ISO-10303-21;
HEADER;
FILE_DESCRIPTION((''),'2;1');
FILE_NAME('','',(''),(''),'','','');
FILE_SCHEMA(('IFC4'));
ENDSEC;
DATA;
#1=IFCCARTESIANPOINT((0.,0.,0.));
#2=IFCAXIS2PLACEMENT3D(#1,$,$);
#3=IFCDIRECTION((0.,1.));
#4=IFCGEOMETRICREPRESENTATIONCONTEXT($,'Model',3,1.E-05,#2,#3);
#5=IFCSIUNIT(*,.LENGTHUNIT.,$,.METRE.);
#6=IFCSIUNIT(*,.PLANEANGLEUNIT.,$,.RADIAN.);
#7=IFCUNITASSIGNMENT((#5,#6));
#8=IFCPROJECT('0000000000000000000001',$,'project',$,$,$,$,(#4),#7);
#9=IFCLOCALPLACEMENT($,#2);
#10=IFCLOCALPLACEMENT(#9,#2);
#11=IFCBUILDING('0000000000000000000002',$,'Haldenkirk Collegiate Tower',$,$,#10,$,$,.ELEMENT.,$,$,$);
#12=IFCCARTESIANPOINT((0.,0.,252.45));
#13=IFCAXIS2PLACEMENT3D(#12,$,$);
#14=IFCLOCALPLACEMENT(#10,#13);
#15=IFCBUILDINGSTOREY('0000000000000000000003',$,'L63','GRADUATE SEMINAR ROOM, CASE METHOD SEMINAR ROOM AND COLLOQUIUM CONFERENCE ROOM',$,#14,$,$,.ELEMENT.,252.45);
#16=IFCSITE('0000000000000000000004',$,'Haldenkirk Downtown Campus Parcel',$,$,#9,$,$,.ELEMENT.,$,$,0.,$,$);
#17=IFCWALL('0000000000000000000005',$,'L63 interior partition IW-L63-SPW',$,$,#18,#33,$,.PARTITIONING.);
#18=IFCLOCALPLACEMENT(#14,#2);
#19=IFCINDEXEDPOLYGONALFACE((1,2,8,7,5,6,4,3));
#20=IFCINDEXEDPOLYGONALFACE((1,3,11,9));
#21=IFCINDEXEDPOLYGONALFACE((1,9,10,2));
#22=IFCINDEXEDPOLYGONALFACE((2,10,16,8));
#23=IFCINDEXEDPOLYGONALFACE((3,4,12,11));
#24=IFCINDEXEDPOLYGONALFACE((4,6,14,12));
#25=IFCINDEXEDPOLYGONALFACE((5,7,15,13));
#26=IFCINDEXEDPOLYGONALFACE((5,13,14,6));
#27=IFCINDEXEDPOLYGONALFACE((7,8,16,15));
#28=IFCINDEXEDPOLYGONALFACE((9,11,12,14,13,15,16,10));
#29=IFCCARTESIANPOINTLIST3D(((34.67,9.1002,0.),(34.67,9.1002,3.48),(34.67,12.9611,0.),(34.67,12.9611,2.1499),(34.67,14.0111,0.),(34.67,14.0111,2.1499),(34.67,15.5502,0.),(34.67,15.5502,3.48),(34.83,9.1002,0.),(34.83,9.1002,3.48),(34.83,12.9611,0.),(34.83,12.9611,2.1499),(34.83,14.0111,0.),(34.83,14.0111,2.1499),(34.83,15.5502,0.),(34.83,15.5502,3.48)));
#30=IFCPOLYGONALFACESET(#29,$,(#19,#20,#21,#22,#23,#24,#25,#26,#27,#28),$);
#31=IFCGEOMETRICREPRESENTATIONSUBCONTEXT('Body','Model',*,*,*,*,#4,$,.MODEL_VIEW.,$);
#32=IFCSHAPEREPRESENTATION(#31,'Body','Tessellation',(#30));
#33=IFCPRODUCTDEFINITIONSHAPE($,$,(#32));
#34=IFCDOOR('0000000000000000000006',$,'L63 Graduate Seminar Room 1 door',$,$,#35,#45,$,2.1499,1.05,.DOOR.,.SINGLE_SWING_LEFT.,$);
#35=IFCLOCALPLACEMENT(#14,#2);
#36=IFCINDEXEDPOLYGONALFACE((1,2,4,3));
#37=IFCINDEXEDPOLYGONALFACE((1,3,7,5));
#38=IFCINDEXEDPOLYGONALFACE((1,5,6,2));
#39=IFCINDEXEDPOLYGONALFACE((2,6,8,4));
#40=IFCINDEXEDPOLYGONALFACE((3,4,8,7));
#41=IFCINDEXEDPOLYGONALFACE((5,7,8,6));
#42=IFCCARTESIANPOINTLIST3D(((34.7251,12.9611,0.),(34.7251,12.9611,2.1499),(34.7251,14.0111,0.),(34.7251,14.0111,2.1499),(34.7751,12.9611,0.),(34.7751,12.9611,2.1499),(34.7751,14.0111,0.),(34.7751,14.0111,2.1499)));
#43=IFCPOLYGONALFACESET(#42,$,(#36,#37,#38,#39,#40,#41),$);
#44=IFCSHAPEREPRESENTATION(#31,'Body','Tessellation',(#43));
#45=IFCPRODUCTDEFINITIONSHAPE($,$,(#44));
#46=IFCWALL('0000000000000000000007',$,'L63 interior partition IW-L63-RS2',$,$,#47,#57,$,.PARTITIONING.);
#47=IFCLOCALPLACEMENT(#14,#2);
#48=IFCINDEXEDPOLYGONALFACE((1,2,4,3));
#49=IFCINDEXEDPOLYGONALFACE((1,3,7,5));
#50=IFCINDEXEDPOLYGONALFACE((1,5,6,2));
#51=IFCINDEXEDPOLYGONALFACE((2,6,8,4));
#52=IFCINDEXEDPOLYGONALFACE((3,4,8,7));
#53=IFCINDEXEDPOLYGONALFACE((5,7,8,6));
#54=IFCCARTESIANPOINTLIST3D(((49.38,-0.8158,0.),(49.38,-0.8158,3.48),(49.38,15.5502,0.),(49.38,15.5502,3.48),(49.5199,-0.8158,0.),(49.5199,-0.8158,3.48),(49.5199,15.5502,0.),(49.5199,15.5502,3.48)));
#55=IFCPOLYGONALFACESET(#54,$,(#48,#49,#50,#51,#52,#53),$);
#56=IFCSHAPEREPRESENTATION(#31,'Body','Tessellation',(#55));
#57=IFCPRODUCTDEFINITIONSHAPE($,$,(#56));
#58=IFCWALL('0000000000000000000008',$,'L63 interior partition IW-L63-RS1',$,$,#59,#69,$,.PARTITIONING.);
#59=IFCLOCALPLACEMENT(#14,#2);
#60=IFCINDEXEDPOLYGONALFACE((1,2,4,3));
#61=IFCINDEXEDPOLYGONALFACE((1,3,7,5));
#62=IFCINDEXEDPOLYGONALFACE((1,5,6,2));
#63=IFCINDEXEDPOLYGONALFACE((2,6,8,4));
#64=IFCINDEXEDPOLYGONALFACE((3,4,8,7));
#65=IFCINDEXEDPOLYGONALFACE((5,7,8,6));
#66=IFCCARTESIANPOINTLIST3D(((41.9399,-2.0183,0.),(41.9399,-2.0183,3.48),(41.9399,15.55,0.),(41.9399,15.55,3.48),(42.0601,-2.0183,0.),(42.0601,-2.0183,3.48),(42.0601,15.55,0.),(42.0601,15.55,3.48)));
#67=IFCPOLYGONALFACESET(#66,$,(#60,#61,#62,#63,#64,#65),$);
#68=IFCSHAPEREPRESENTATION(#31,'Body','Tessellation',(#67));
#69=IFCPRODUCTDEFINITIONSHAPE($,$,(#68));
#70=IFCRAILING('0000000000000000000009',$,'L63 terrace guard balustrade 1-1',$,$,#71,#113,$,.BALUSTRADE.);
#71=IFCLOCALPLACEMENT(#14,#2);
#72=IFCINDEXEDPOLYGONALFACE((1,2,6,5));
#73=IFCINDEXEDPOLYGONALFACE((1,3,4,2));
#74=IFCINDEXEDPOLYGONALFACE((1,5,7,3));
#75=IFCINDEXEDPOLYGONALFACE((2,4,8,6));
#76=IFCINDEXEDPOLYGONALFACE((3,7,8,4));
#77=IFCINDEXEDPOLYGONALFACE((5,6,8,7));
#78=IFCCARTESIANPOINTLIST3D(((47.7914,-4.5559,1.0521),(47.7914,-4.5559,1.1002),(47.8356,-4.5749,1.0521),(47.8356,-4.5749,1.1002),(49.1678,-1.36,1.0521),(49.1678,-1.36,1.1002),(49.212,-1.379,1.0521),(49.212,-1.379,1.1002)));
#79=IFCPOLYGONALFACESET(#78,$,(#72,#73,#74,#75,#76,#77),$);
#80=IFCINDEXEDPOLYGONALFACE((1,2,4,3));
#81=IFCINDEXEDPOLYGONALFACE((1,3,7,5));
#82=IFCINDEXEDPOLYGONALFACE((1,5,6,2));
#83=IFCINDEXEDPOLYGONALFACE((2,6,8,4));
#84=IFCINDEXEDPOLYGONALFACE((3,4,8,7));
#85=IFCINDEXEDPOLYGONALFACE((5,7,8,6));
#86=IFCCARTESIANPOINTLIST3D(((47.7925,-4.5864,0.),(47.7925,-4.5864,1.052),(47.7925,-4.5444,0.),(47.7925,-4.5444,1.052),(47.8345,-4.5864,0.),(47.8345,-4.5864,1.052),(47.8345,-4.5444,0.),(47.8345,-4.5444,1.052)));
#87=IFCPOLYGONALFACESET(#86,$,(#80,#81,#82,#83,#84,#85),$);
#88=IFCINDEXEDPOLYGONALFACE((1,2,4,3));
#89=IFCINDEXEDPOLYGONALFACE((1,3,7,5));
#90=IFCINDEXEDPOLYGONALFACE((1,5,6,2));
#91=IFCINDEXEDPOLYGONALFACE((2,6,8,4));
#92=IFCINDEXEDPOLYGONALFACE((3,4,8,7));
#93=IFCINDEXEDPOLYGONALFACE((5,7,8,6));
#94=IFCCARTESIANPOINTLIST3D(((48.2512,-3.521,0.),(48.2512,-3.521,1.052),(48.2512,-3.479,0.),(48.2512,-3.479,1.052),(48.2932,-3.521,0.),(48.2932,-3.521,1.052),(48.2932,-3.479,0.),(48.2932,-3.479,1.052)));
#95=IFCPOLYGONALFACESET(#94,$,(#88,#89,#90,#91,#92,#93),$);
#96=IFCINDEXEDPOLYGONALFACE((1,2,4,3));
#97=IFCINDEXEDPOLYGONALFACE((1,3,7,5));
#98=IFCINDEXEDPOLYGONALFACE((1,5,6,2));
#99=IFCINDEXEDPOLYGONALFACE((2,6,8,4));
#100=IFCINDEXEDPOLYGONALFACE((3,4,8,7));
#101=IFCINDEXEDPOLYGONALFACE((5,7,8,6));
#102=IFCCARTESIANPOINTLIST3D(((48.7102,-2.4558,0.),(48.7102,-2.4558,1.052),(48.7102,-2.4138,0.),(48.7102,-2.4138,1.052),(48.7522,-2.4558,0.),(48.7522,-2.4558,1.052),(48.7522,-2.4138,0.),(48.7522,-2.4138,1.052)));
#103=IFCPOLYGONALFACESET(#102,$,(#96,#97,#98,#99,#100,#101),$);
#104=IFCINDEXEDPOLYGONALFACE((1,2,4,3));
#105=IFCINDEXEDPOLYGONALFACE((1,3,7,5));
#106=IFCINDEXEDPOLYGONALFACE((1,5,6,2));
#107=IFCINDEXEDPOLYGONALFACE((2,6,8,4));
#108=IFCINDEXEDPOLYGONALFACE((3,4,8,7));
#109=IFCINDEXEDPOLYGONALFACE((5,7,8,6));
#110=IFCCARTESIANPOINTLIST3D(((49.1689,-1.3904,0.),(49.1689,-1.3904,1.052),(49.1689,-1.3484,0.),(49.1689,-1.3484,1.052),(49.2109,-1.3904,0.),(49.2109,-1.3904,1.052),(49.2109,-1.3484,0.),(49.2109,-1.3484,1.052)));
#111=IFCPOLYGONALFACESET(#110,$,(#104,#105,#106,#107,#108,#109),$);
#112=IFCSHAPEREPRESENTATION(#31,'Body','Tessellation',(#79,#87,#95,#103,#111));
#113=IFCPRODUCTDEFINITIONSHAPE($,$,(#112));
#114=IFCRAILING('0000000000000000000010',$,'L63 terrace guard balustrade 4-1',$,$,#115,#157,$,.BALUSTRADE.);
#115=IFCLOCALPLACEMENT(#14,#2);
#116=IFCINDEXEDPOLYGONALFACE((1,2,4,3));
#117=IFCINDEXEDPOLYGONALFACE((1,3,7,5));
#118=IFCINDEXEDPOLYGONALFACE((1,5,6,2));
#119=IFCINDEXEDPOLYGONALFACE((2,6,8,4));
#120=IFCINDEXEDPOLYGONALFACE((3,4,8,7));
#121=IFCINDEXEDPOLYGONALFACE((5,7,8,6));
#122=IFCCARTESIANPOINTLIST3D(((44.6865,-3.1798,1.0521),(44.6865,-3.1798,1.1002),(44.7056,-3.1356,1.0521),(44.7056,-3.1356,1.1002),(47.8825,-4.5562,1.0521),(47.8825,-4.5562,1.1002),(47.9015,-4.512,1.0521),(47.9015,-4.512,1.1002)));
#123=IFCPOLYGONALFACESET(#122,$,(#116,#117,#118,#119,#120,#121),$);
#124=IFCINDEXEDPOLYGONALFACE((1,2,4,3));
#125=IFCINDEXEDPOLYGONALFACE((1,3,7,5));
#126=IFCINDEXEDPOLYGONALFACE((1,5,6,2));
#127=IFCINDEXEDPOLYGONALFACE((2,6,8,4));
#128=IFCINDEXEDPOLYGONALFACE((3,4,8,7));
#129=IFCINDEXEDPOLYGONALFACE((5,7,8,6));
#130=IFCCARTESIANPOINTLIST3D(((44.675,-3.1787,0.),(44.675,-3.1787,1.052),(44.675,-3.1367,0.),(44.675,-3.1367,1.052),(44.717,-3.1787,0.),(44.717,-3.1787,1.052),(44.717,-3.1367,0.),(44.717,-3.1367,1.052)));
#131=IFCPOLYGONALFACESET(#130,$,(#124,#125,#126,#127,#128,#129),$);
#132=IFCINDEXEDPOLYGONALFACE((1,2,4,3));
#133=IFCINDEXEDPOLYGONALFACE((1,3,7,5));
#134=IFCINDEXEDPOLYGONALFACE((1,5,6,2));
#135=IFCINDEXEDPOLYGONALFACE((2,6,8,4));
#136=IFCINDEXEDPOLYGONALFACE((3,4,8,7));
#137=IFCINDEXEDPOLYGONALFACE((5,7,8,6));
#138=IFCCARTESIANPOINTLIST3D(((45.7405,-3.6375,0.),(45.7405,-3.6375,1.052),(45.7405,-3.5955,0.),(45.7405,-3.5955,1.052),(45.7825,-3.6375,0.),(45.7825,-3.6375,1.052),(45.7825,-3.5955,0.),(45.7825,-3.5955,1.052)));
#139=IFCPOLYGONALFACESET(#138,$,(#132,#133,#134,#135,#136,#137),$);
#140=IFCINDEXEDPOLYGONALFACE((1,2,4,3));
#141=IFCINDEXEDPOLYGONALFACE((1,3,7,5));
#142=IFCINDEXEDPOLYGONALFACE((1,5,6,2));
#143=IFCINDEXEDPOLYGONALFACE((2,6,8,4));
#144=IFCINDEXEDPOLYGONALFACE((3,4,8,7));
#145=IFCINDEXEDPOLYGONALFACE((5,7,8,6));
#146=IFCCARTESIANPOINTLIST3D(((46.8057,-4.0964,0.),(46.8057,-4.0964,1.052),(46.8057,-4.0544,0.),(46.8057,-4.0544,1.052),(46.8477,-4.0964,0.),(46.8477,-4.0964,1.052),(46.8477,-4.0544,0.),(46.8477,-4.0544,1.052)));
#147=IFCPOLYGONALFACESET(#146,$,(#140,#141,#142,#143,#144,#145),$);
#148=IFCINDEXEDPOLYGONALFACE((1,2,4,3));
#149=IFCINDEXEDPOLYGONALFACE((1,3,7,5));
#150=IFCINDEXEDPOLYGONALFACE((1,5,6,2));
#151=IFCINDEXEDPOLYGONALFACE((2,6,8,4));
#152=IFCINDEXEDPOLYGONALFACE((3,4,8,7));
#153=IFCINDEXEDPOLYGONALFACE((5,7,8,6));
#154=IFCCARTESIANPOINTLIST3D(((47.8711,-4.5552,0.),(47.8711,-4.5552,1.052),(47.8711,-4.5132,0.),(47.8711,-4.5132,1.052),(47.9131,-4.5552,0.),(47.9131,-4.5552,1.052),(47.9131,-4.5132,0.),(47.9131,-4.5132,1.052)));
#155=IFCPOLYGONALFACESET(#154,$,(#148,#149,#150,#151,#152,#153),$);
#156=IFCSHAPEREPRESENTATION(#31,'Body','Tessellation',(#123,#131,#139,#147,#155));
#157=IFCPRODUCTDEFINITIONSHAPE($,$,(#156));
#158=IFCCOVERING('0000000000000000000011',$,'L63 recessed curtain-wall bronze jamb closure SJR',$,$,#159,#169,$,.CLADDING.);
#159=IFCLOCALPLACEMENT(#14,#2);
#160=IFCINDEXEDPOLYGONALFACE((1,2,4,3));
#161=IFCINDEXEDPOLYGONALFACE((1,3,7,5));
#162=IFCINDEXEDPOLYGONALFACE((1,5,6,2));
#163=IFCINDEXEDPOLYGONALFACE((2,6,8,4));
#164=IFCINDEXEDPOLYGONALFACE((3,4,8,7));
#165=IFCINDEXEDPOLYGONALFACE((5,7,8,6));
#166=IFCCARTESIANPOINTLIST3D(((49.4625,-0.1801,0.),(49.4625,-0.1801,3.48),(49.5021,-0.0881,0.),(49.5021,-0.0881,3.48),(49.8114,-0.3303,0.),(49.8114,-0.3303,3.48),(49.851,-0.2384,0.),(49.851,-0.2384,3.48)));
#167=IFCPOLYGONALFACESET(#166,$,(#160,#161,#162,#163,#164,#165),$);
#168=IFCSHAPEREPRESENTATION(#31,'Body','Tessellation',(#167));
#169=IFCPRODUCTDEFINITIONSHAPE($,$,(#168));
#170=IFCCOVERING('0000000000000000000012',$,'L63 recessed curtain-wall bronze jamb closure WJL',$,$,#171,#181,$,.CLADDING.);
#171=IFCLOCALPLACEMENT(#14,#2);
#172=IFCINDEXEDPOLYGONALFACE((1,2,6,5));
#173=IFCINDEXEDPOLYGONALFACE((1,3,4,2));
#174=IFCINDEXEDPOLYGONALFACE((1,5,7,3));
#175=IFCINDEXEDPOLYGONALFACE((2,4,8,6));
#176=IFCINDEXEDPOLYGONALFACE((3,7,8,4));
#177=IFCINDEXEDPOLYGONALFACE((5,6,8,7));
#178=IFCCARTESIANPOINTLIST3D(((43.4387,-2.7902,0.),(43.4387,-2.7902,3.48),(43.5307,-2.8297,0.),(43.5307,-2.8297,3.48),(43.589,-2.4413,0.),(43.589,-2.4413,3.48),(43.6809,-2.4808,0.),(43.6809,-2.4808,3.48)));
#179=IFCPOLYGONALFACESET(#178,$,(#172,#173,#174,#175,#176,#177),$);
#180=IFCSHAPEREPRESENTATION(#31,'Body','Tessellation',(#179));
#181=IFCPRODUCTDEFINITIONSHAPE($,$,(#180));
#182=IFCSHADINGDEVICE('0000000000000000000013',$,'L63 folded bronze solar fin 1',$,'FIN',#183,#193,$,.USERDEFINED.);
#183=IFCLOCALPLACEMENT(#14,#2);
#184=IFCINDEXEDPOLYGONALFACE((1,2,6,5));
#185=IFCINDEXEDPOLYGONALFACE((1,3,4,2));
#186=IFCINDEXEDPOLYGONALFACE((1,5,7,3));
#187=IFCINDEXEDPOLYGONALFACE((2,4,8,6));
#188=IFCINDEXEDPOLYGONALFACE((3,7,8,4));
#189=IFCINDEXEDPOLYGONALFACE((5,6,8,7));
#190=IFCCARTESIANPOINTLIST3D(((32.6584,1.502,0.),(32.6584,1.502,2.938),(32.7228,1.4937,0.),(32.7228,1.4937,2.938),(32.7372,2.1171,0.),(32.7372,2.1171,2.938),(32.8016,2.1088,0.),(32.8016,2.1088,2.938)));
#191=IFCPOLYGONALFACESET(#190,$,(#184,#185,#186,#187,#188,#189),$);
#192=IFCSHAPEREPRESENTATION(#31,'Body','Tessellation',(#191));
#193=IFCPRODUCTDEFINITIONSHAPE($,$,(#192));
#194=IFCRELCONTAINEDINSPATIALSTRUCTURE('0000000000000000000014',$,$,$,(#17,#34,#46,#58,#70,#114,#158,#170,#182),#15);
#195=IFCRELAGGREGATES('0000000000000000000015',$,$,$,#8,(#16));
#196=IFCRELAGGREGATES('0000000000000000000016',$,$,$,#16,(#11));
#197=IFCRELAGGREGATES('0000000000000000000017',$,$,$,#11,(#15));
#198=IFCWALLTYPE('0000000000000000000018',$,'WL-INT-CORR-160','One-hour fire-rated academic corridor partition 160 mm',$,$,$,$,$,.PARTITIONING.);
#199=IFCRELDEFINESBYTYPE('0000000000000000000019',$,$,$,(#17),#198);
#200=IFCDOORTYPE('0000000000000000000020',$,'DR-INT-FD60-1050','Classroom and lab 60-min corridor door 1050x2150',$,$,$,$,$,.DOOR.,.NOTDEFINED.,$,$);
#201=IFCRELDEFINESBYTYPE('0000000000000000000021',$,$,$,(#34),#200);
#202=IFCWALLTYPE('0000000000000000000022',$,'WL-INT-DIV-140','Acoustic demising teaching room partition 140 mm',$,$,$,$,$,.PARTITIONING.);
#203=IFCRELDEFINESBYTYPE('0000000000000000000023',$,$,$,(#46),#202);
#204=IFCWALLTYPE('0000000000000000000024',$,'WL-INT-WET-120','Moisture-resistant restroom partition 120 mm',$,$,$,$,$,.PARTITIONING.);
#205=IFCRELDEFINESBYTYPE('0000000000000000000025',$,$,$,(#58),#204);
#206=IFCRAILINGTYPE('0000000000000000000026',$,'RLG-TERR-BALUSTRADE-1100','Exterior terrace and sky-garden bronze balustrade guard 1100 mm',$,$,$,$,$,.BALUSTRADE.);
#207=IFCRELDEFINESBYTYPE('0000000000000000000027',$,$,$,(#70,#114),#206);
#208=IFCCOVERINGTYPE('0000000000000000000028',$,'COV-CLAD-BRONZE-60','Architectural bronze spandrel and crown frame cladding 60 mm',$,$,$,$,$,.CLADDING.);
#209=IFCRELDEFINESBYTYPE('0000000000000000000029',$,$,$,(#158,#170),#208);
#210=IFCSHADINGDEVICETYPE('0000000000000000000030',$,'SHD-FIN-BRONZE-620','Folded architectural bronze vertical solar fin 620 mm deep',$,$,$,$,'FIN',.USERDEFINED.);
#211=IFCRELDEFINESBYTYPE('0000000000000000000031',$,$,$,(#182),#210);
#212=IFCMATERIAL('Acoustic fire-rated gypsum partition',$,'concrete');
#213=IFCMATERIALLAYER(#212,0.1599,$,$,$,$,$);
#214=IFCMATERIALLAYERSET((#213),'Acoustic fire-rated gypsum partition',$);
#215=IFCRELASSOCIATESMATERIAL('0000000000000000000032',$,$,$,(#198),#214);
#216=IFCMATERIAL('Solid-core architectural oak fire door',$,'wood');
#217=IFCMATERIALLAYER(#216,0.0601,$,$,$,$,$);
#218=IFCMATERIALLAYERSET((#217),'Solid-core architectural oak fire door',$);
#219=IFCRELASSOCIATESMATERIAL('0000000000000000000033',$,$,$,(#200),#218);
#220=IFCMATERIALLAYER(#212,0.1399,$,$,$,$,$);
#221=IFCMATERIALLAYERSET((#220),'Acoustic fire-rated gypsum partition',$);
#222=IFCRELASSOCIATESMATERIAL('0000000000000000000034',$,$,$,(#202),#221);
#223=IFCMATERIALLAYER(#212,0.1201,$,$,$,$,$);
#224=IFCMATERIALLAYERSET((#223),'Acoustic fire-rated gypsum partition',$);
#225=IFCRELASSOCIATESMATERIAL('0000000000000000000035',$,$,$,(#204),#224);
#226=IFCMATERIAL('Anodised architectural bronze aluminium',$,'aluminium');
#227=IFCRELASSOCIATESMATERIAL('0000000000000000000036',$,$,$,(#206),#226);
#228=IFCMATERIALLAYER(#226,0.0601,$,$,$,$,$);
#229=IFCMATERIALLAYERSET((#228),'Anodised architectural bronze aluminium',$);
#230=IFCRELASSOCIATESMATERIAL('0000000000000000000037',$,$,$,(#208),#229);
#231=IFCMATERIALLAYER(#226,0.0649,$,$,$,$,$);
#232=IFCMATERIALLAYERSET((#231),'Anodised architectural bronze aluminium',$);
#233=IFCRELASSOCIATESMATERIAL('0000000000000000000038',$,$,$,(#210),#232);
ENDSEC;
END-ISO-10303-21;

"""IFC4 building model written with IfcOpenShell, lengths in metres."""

from ifc_helpers import new_model, si_unit, direction, frame, frame_2d, origin, origin_2d, place, context, subcontext, project, spatial, rectangle, extrude, source, transform, mapped, material, layer, layer_set, type_object, element, fill, save


model = new_model("IFC4")

# Units and contexts
model_context = context("Model", 3, precision=1e-05, world=origin(), true_north=direction((0.0, 1.0)))
body_context = subcontext(model_context, "Body", "Model", "MODEL_VIEW")
ifc_project = project(units=[si_unit("LENGTHUNIT", "METRE"), si_unit("PLANEANGLEUNIT", "RADIAN")], contexts=[model_context])

# Site, building, storey
site_placement = place(None, origin())
site = spatial("IfcSite", under=ifc_project, at=site_placement, Name="Haldenkirk Downtown Campus Parcel", CompositionType="ELEMENT", RefElevation=0.0)
building_placement = place(site_placement, origin())
building = spatial("IfcBuilding", under=site, at=building_placement, Name="Haldenkirk Collegiate Tower", CompositionType="ELEMENT")
storey_placement = place(building_placement, frame((0.0, 0.0, 252.45)))
storey = spatial("IfcBuildingStorey", under=building, at=storey_placement, Name="L63", Description="GRADUATE SEMINAR ROOM, CASE METHOD SEMINAR ROOM AND COLLOQUIUM CONFERENCE ROOM", CompositionType="ELEMENT", Elevation=252.45)

# Shared definitions
ifc_material_1 = material(Name="Anodised architectural bronze aluminium", Category="aluminium")

# Wall, opening, door
ifc_material_2 = material(Name="Acoustic fire-rated gypsum partition", Category="concrete")
ifc_layer_1 = layer(ifc_material_2, 0.1599)
ifc_layer_set_1 = layer_set([ifc_layer_1], Name="Acoustic fire-rated gypsum partition")
wall_type_1 = type_object("IfcWallType", Name="WL-INT-CORR-160", Description="One-hour fire-rated academic corridor partition 160 mm", PredefinedType="PARTITIONING", material=ifc_layer_set_1)
wall_1_placement = place(storey_placement, frame((34.75, 9.1001, 0.0), z_axis=(0.0, 0.0, 1.0), x_axis=(0.0, 1.0, 0.0)))
wall_1 = element("IfcWall", 1, at=wall_1_placement, inside=storey, type_object=wall_type_1, Name="L63 interior partition IW-L63-SPW", PredefinedType="PARTITIONING", context=body_context, shape_type="SweptSolid", body=[
    extrude(rectangle(XDim=6.45, YDim=0.1599, at=frame_2d((3.2251, 0.0))), origin(), (0.0, 0.0, 1.0), 3.48),
])
opening_1_placement = place(wall_1_placement, frame((3.8611, 0.0, 0.0)))
opening_1 = element("IfcOpeningElement", 2, at=opening_1_placement, cuts=wall_1, PredefinedType="OPENING", context=body_context, shape_type="SweptSolid", body=[
    extrude(rectangle(XDim=1.05, YDim=2.1499, at=frame_2d((0.5249, 1.075))), frame((0.0, 0.0898, 0.0), z_axis=(0.0, -1.0, 0.0), x_axis=(1.0, 0.0, 0.0)), (0.0, 0.0, 1.0), 0.1799),
])
ifc_material_3 = material(Name="Solid-core architectural oak fire door", Category="wood")
ifc_layer_2 = layer(ifc_material_3, 0.0601)
ifc_layer_set_2 = layer_set([ifc_layer_2], Name="Solid-core architectural oak fire door")
door_type_1 = type_object("IfcDoorType", Name="DR-INT-FD60-1050", Description="Classroom and lab 60-min corridor door 1050x2150", OperationType="NOTDEFINED", PredefinedType="DOOR", material=ifc_layer_set_2)
door_1_placement = place(opening_1_placement, origin())
door_1 = element("IfcDoor", 3, at=door_1_placement, inside=storey, type_object=door_type_1, Name="L63 Graduate Seminar Room 1 door", OperationType="SINGLE_SWING_LEFT", OverallHeight=2.1499, OverallWidth=1.05, PredefinedType="DOOR", context=body_context, shape_type="SweptSolid", body=[
    extrude(rectangle(XDim=1.05, YDim=2.1499, at=frame_2d((0.5249, 1.075))), frame((0.0, 0.0249, 0.0), z_axis=(0.0, -1.0, 0.0), x_axis=(1.0, 0.0, 0.0)), (0.0, 0.0, 1.0), 0.05),
])
fill(opening_1, door_1)

# Walls
ifc_layer_3 = layer(ifc_material_2, 0.1399)
ifc_layer_set_3 = layer_set([ifc_layer_3], Name="Acoustic fire-rated gypsum partition")
wall_type_2 = type_object("IfcWallType", Name="WL-INT-DIV-140", Description="Acoustic demising teaching room partition 140 mm", PredefinedType="PARTITIONING", material=ifc_layer_set_3)
wall_2_placement = place(storey_placement, frame((49.45, -0.8159, 0.0), z_axis=(0.0, 0.0, 1.0), x_axis=(0.0, 1.0, 0.0)))
element("IfcWall", 4, at=wall_2_placement, inside=storey, type_object=wall_type_2, Name="L63 interior partition IW-L63-RS2", PredefinedType="PARTITIONING", context=body_context, shape_type="SweptSolid", body=[
    extrude(rectangle(XDim=16.366, YDim=0.1399, at=frame_2d((8.1831, 0.0))), origin(), (0.0, 0.0, 1.0), 3.48),
])
ifc_layer_4 = layer(ifc_material_2, 0.1201)
ifc_layer_set_4 = layer_set([ifc_layer_4], Name="Acoustic fire-rated gypsum partition")
wall_type_3 = type_object("IfcWallType", Name="WL-INT-WET-120", Description="Moisture-resistant restroom partition 120 mm", PredefinedType="PARTITIONING", material=ifc_layer_set_4)
wall_3_placement = place(storey_placement, frame((42.0, -2.0183, 0.0), z_axis=(0.0, 0.0, 1.0), x_axis=(0.0, 1.0, 0.0)))
element("IfcWall", 5, at=wall_3_placement, inside=storey, type_object=wall_type_3, Name="L63 interior partition IW-L63-RS1", PredefinedType="PARTITIONING", context=body_context, shape_type="SweptSolid", body=[
    extrude(rectangle(XDim=17.5684, YDim=0.1201, at=frame_2d((8.7842, 0.0))), origin(), (0.0, 0.0, 1.0), 3.48),
])

# Railings
railing_type = type_object("IfcRailingType", Name="RLG-TERR-BALUSTRADE-1100", Description="Exterior terrace and sky-garden bronze balustrade guard 1100 mm", PredefinedType="BALUSTRADE", material=ifc_material_1)
railing_1_placement = place(storey_placement, frame((47.8135, -4.5654, 0.0)))
element("IfcRailing", 6, at=railing_1_placement, inside=storey, type_object=railing_type, Name="L63 terrace guard balustrade 1-1", PredefinedType="BALUSTRADE", context=body_context, shape_type="SweptSolid", body=[
    extrude(rectangle(XDim=0.0481, YDim=0.0481, at=origin_2d()), frame((0.0, 0.0, 1.0762), z_axis=(0.395553, 0.918443, 0.0), x_axis=(-0.918443, 0.395553, 0.0)), (0.0, 0.0, 1.0), 3.4797),
    extrude(rectangle(XDim=0.042, YDim=0.042, at=origin_2d()), origin(), (0.0, 0.0, 1.0), 1.052),
    extrude(rectangle(XDim=0.042, YDim=0.042, at=origin_2d()), frame((0.4587, 1.0654, 0.0)), (0.0, 0.0, 1.0), 1.052),
    extrude(rectangle(XDim=0.042, YDim=0.042, at=origin_2d()), frame((0.9177, 2.1306, 0.0)), (0.0, 0.0, 1.0), 1.052),
    extrude(rectangle(XDim=0.042, YDim=0.042, at=origin_2d()), frame((1.3765, 3.196, 0.0)), (0.0, 0.0, 1.0), 1.052),
])
railing_2_placement = place(storey_placement, frame((44.696, -3.1577, 0.0)))
element("IfcRailing", 7, at=railing_2_placement, inside=storey, type_object=railing_type, Name="L63 terrace guard balustrade 4-1", PredefinedType="BALUSTRADE", context=body_context, shape_type="SweptSolid", body=[
    extrude(rectangle(XDim=0.0481, YDim=0.0481, at=origin_2d()), frame((0.0, 0.0, 1.0762), z_axis=(0.918443, -0.395553, 0.0), x_axis=(0.395553, 0.918443, 0.0)), (0.0, 0.0, 1.0), 3.4797),
    extrude(rectangle(XDim=0.042, YDim=0.042, at=origin_2d()), origin(), (0.0, 0.0, 1.0), 1.052),
    extrude(rectangle(XDim=0.042, YDim=0.042, at=origin_2d()), frame((1.0654, -0.4587, 0.0)), (0.0, 0.0, 1.0), 1.052),
    extrude(rectangle(XDim=0.042, YDim=0.042, at=origin_2d()), frame((2.1306, -0.9177, 0.0)), (0.0, 0.0, 1.0), 1.052),
    extrude(rectangle(XDim=0.042, YDim=0.042, at=origin_2d()), frame((3.196, -1.3765, 0.0)), (0.0, 0.0, 1.0), 1.052),
])

# Coverings
ifc_layer_5 = layer(ifc_material_1, 0.0601)
ifc_layer_set_5 = layer_set([ifc_layer_5], Name="Anodised architectural bronze aluminium")
covering_type = type_object("IfcCoveringType", Name="COV-CLAD-BRONZE-60", Description="Architectural bronze spandrel and crown frame cladding 60 mm", PredefinedType="CLADDING", material=ifc_layer_set_5)
shared_shape_1 = source(origin(), body_context, "Body", "SweptSolid", [
    extrude(rectangle(XDim=0.1001, YDim=0.3799, at=origin_2d()), origin(), (0.0, 0.0, 1.0), 3.48),
])
for number, where, z_axis, x_axis, name in (
    (8, (49.6567, -0.2092, 0.0), (0.0, 0.0, 1.0), (-0.395546, -0.918446, 0.0), "L63 recessed curtain-wall bronze jamb closure SJR"),
    (9, (43.5598, -2.6355, 0.0), (0.0, 0.0, 1.0), (-0.918446, 0.395546, 0.0), "L63 recessed curtain-wall bronze jamb closure WJL"),
):
    element("IfcCovering", number, at=place(storey_placement, frame(where, z_axis=z_axis, x_axis=x_axis)), inside=storey, type_object=covering_type, Name=name, PredefinedType="CLADDING", context=body_context, shape_type="MappedRepresentation", body=[
        mapped(shared_shape_1, transform((0.0, 0.0, 0.0), x_axis=(1.0, 0.0, 0.0), y_axis=(0.0, 1.0, 0.0), z_axis=(0.0, 0.0, 1.0), scale=1.0)),
    ])

# Shading device
ifc_layer_6 = layer(ifc_material_1, 0.0649)
ifc_layer_set_6 = layer_set([ifc_layer_6], Name="Anodised architectural bronze aluminium")
shading_device_type = type_object("IfcShadingDeviceType", Name="SHD-FIN-BRONZE-620", Description="Folded architectural bronze vertical solar fin 620 mm deep", ElementType="FIN", PredefinedType="USERDEFINED", material=ifc_layer_set_6)
shared_shape_2 = source(origin(), body_context, "Body", "SweptSolid", [
    extrude(rectangle(XDim=0.6201, YDim=0.0649, at=origin_2d()), origin(), (0.0, 0.0, 1.0), 2.938),
])
shading_device_placement = place(storey_placement, frame((32.73, 1.8054, 0.0), z_axis=(0.0, 0.0, 1.0), x_axis=(-0.127065, -0.991894, 0.0)))
element("IfcShadingDevice", 10, at=shading_device_placement, inside=storey, type_object=shading_device_type, Name="L63 folded bronze solar fin 1", ObjectType="FIN", PredefinedType="USERDEFINED", context=body_context, shape_type="MappedRepresentation", body=[
    mapped(shared_shape_2, transform((0.0, 0.0, 0.0), x_axis=(1.0, 0.0, 0.0), y_axis=(0.0, 1.0, 0.0), z_axis=(0.0, 0.0, 1.0), scale=1.0)),
])

save(model, "model.ifc")
